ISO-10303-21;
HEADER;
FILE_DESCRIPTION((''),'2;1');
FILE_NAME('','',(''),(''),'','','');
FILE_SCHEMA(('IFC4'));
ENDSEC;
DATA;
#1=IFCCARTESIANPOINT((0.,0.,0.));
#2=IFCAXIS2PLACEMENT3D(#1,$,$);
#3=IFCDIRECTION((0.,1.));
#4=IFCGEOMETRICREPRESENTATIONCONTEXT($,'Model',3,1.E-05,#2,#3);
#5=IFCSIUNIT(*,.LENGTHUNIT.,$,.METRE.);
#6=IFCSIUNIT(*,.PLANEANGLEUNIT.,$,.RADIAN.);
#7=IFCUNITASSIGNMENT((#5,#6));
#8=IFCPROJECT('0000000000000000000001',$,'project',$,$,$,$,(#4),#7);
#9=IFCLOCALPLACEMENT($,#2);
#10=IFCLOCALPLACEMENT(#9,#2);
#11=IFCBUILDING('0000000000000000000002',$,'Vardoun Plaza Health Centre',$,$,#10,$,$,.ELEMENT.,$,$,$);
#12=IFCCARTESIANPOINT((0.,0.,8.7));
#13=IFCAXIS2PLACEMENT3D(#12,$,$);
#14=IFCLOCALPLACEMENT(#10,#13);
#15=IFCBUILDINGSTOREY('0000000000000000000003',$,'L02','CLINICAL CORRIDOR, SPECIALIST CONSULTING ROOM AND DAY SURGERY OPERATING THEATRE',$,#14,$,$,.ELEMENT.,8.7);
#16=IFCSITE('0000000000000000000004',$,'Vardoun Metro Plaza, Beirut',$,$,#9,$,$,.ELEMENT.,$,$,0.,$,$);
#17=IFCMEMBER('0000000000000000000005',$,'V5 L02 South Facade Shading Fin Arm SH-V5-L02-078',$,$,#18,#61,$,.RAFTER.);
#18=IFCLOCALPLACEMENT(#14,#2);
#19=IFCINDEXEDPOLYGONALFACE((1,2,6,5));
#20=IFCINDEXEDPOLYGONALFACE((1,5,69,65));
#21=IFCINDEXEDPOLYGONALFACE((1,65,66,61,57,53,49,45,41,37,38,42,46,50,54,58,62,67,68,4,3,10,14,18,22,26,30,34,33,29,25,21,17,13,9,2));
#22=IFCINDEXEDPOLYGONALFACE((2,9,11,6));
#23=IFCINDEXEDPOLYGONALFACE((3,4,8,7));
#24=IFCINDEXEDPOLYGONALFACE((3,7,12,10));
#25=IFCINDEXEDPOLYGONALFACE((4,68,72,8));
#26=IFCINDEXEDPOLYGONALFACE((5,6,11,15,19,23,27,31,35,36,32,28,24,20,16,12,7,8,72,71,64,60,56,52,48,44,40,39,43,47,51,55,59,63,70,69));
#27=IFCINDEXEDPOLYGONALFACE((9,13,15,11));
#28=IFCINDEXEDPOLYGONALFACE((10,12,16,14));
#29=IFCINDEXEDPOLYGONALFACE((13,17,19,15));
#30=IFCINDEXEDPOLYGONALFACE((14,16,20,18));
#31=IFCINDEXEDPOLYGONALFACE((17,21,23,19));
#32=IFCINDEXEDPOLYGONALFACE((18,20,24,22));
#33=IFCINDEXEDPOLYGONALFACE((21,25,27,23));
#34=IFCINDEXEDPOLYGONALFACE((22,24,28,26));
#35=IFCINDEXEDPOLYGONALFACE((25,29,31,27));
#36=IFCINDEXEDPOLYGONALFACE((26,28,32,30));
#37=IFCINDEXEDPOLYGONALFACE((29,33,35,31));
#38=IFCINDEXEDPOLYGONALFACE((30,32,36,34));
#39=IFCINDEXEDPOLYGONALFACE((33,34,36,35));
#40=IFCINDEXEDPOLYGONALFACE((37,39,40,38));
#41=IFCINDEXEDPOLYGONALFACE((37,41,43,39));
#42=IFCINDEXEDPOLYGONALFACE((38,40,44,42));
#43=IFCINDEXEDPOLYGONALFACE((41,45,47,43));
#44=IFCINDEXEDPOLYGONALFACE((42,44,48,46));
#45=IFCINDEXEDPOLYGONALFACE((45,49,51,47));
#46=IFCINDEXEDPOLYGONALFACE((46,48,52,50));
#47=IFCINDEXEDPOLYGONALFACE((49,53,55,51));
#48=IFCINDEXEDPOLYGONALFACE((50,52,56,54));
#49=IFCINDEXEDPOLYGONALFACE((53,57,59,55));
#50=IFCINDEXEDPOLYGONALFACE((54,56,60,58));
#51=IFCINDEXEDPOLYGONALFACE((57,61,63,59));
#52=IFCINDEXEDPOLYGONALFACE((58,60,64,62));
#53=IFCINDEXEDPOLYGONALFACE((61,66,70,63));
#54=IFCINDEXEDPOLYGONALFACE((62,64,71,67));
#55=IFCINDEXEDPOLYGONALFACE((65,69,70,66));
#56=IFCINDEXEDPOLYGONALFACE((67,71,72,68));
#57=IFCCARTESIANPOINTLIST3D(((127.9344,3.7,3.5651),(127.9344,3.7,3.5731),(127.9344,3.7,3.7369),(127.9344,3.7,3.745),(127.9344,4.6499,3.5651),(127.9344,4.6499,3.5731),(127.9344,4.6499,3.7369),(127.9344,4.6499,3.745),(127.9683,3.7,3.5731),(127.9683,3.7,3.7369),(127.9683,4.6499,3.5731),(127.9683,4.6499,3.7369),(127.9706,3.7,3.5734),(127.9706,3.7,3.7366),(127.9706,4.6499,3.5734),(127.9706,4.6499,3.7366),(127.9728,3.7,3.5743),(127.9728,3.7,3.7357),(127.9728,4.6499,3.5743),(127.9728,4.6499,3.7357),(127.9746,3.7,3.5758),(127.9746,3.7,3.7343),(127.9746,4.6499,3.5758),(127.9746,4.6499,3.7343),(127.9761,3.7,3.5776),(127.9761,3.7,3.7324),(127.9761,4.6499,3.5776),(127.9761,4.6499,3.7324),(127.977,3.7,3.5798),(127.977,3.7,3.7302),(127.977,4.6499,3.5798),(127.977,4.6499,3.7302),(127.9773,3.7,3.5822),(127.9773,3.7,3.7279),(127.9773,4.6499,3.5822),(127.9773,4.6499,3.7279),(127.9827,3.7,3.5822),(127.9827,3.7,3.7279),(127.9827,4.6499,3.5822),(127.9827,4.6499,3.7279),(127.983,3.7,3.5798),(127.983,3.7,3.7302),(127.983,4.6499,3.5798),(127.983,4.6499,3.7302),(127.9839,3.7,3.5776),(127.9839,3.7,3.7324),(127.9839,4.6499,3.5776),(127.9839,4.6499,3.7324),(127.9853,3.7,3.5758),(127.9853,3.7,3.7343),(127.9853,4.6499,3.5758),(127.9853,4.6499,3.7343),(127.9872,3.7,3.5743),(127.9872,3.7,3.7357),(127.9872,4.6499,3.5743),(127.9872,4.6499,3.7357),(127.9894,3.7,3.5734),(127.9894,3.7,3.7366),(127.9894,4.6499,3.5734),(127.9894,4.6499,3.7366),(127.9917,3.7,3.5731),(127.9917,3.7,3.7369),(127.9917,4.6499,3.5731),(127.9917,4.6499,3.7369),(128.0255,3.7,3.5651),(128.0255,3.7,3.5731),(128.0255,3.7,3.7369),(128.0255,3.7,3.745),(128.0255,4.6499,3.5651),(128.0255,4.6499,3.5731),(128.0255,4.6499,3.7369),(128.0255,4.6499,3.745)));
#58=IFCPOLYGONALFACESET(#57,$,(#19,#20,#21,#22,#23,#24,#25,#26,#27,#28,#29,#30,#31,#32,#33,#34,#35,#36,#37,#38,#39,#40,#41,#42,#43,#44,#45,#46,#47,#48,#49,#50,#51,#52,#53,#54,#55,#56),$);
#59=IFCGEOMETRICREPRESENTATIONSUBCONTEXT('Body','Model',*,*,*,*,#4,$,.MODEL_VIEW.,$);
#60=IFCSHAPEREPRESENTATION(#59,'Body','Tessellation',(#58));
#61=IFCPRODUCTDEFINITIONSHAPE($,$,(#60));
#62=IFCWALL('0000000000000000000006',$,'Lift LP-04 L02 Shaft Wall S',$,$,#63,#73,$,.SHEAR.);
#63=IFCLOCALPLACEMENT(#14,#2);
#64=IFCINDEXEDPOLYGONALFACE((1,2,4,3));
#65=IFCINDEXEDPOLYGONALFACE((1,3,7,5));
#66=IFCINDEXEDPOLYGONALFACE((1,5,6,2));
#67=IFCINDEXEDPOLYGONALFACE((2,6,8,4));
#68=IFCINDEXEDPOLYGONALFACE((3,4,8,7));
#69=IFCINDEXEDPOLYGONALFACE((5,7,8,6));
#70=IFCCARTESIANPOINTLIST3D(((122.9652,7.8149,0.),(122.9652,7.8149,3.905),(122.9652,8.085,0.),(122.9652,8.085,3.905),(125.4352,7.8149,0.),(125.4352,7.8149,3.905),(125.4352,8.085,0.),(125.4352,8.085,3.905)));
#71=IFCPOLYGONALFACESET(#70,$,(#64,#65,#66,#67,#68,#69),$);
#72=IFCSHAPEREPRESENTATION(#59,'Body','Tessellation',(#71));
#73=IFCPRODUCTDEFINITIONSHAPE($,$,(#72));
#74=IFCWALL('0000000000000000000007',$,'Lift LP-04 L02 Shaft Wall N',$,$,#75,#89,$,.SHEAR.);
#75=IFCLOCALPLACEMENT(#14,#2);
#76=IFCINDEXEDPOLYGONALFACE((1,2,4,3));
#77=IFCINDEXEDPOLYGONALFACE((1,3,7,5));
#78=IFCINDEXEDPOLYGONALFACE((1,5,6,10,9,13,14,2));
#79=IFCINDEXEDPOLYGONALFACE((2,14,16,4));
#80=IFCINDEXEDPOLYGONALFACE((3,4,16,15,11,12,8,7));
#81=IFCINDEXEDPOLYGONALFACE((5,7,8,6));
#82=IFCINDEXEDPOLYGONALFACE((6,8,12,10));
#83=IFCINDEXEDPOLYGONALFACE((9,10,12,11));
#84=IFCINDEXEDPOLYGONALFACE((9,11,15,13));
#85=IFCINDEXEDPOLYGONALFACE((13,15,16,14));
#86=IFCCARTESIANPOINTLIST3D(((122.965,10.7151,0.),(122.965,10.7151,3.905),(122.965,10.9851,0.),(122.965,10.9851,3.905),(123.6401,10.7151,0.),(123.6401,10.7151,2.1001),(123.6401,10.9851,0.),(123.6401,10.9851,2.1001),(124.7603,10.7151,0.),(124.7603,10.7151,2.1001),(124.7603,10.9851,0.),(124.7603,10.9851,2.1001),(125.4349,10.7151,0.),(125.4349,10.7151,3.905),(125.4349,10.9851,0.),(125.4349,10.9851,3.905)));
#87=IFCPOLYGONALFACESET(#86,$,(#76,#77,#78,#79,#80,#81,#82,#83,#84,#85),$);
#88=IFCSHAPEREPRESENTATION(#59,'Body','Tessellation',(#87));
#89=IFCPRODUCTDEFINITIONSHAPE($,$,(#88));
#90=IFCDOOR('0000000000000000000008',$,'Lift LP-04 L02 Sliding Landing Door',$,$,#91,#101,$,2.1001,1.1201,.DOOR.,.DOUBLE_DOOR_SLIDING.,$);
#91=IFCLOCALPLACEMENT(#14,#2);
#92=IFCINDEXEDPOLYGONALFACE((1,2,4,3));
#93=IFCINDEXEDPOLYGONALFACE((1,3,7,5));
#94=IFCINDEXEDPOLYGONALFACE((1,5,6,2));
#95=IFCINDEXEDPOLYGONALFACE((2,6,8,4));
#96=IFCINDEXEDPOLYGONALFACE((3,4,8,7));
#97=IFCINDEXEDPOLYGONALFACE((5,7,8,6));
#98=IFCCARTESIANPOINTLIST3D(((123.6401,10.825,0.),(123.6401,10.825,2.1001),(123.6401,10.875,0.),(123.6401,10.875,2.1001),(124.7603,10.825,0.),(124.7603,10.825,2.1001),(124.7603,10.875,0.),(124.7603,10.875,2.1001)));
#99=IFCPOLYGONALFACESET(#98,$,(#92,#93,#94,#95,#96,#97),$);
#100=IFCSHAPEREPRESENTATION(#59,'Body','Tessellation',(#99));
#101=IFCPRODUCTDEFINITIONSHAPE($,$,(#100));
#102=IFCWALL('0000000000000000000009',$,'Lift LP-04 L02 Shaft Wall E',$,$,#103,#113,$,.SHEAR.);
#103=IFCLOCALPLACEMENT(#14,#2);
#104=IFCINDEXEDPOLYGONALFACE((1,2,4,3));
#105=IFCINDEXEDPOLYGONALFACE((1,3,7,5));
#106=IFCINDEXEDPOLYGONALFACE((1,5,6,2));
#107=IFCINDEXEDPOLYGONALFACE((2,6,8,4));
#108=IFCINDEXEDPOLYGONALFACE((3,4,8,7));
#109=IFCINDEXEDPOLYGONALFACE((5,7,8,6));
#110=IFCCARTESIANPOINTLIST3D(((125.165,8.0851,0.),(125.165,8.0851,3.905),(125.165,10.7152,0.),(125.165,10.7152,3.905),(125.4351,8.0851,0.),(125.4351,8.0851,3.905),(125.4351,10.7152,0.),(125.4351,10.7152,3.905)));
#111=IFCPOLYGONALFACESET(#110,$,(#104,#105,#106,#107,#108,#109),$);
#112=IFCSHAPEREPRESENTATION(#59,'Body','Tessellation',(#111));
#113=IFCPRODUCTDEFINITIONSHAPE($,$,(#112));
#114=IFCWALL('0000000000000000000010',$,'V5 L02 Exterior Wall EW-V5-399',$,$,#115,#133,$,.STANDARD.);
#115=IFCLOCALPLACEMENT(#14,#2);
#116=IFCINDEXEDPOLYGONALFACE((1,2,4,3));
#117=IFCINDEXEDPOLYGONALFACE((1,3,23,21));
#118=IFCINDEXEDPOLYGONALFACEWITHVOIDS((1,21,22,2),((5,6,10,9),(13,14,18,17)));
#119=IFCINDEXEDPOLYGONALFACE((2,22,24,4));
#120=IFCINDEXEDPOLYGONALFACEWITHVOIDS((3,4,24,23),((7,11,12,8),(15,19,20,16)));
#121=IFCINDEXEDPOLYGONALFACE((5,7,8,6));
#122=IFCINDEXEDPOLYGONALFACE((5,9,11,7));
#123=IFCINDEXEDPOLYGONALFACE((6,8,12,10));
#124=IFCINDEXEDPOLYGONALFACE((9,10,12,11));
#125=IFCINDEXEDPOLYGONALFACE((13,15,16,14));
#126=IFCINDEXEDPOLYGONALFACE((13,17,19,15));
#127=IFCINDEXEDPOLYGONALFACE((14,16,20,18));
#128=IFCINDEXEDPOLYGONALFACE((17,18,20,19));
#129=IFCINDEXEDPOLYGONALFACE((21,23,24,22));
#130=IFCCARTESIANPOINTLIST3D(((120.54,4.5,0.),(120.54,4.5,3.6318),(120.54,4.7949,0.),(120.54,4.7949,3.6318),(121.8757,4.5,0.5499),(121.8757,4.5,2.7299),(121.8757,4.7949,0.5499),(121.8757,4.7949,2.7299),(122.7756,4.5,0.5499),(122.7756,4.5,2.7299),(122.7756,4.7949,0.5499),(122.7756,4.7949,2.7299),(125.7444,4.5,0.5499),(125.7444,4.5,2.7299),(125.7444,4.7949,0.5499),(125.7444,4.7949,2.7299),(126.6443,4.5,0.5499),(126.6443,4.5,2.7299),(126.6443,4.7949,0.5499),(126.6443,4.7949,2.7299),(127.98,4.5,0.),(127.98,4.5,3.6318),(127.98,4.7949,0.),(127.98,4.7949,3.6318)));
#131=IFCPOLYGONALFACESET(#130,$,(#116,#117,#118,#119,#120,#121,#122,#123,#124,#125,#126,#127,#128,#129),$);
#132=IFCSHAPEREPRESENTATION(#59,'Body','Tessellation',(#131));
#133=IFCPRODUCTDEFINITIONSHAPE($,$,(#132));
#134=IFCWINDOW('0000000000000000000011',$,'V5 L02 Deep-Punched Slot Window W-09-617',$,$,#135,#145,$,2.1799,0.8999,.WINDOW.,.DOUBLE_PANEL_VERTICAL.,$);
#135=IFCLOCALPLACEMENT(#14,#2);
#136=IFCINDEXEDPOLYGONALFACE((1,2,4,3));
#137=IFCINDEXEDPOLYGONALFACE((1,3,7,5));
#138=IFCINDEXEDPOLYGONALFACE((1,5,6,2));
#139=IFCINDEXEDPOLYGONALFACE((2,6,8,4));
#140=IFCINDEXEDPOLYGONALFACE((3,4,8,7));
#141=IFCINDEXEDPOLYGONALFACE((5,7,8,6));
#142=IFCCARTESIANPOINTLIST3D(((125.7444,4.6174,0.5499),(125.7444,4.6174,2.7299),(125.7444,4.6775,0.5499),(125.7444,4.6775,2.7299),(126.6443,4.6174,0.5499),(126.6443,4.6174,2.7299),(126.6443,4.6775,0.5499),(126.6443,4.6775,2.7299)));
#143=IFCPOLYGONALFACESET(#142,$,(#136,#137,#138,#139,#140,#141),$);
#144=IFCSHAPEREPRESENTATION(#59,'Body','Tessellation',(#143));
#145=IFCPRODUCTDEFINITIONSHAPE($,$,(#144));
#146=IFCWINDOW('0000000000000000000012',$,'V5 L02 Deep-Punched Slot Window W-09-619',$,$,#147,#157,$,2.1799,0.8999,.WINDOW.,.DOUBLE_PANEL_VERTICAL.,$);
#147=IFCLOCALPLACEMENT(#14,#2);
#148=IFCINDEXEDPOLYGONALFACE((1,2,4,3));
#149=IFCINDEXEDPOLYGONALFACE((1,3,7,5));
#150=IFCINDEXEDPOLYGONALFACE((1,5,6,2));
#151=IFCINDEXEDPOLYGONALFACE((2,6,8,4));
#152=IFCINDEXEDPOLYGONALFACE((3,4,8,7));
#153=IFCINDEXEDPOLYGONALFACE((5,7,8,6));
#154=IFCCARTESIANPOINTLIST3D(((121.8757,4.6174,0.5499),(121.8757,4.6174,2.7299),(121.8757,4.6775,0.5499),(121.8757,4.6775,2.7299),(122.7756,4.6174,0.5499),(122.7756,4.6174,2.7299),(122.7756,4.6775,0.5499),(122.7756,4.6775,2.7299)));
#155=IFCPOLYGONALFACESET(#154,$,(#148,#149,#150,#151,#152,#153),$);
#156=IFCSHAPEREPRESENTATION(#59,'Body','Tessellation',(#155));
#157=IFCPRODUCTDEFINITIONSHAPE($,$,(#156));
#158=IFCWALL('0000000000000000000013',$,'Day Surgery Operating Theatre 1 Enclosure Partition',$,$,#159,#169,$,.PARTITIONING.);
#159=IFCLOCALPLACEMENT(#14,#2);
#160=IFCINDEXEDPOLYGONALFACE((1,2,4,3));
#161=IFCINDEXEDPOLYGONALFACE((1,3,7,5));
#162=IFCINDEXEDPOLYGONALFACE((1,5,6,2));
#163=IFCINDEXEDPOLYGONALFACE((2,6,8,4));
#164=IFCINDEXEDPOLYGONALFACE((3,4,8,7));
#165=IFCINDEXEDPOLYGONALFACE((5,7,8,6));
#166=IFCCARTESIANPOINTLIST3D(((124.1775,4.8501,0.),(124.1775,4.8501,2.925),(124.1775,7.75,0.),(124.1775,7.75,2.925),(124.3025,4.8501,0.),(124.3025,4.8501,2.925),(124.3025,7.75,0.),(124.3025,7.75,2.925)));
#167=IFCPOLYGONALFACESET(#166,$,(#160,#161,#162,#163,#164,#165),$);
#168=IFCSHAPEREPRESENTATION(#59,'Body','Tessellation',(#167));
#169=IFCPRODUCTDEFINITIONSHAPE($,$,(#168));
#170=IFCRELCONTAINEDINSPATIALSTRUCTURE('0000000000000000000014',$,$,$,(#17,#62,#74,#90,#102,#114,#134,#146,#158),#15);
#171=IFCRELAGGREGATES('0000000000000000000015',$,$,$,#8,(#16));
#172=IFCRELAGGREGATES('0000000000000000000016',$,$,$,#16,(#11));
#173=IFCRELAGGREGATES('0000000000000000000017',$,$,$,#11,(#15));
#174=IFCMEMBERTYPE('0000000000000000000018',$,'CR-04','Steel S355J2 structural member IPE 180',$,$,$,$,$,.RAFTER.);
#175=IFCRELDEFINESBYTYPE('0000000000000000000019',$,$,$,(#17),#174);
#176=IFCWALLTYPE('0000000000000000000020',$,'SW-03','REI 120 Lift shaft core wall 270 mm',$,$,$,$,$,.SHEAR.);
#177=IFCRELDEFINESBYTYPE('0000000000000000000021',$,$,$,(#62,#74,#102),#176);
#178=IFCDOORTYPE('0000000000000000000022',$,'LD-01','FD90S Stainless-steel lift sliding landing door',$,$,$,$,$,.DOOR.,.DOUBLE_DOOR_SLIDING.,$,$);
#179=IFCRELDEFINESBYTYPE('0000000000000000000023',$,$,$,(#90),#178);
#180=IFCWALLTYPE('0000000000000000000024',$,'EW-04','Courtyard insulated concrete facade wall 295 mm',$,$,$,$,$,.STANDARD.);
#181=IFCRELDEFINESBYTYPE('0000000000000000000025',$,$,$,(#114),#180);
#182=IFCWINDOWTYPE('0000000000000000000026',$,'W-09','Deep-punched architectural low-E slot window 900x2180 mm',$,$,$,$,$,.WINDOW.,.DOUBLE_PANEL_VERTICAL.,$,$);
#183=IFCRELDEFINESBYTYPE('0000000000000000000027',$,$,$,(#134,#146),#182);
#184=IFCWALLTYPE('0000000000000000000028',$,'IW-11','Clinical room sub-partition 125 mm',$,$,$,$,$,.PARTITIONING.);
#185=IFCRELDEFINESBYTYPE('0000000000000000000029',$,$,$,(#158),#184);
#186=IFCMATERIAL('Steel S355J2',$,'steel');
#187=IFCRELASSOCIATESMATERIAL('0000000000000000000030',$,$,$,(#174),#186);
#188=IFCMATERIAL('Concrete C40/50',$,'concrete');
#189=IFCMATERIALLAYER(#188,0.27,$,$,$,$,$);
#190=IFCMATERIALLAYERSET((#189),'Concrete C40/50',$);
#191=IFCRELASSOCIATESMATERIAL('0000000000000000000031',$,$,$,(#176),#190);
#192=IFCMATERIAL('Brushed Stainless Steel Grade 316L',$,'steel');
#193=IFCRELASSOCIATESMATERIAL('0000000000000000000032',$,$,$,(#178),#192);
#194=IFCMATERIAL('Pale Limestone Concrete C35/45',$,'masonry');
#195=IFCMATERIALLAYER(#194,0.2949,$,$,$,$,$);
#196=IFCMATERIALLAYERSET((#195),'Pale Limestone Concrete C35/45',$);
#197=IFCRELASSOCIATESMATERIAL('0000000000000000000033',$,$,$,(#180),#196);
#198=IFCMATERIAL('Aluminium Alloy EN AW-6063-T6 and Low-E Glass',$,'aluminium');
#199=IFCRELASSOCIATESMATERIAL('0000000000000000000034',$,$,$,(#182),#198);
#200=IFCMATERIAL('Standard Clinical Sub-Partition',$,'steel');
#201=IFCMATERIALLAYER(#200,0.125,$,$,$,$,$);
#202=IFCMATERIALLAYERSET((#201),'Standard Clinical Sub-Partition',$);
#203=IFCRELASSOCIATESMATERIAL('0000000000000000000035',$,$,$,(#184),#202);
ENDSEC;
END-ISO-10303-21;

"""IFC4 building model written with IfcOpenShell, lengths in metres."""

from ifc_helpers import new_model, si_unit, direction, frame, frame_2d, origin, origin_2d, place, context, subcontext, project, spatial, rectangle, i_section, extrude, material, layer, layer_set, material_profile, profile_set, type_object, element, fill, save


model = new_model("IFC4")

# Units and contexts
model_context = context("Model", 3, precision=1e-05, world=origin(), true_north=direction((0.0, 1.0)))
body_context = subcontext(model_context, "Body", "Model", "MODEL_VIEW")
ifc_project = project(units=[si_unit("LENGTHUNIT", "METRE"), si_unit("PLANEANGLEUNIT", "RADIAN")], contexts=[model_context])

# Site, building, storey
site_placement = place(None, origin())
site = spatial("IfcSite", under=ifc_project, at=site_placement, Name="Vardoun Metro Plaza, Beirut", CompositionType="ELEMENT", RefElevation=0.0)
building_placement = place(site_placement, origin())
building = spatial("IfcBuilding", under=site, at=building_placement, Name="Vardoun Plaza Health Centre", CompositionType="ELEMENT")
storey_placement = place(building_placement, frame((0.0, 0.0, 8.7)))
storey = spatial("IfcBuildingStorey", under=building, at=storey_placement, Name="L02", Description="CLINICAL CORRIDOR, SPECIALIST CONSULTING ROOM AND DAY SURGERY OPERATING THEATRE", CompositionType="ELEMENT", Elevation=8.7)

# Member
ifc_material_1 = material(Name="Steel S355J2", Category="steel")
ifc_material_profile_1 = material_profile(ifc_material_1, i_section(OverallWidth=0.0911, OverallDepth=0.1799, WebThickness=0.0054, FlangeThickness=0.0081, FilletRadius=0.009, at=origin_2d()), Name="IPE 180")
ifc_profile_set_1 = profile_set([ifc_material_profile_1], Name="Steel S355J2")
member_type = type_object("IfcMemberType", Name="CR-04", Description="Steel S355J2 structural member IPE 180", PredefinedType="RAFTER", material=ifc_profile_set_1)
member_placement = place(storey_placement, frame((127.98, 4.6499, 3.655), z_axis=(0.0, -1.0, 0.0), x_axis=(1.0, 0.0, 0.0)))
element("IfcMember", 1, at=member_placement, inside=storey, type_object=member_type, Name="V5 L02 South Facade Shading Fin Arm SH-V5-L02-078", PredefinedType="RAFTER", context=body_context, shape_type="SweptSolid", body=[
    extrude(i_section(OverallWidth=0.0911, OverallDepth=0.1799, WebThickness=0.0054, FlangeThickness=0.0081, FilletRadius=0.009, at=origin_2d()), origin(), (0.0, 0.0, 1.0), 0.95),
])

# Wall
ifc_material_2 = material(Name="Concrete C40/50", Category="concrete")
ifc_layer_1 = layer(ifc_material_2, 0.27)
ifc_layer_set_1 = layer_set([ifc_layer_1], Name="Concrete C40/50")
wall_type_1 = type_object("IfcWallType", Name="SW-03", Description="REI 120 Lift shaft core wall 270 mm", PredefinedType="SHEAR", material=ifc_layer_set_1)
wall_1_placement = place(storey_placement, frame((125.4351, 7.95, 0.0), z_axis=(0.0, 0.0, 1.0), x_axis=(-1.0, 0.0, 0.0)))
element("IfcWall", 2, at=wall_1_placement, inside=storey, type_object=wall_type_1, Name="Lift LP-04 L02 Shaft Wall S", PredefinedType="SHEAR", context=body_context, shape_type="SweptSolid", body=[
    extrude(rectangle(XDim=2.47, YDim=0.27, at=frame_2d((1.2349, 0.0))), origin(), (0.0, 0.0, 1.0), 3.905),
])

# Wall, opening, door
wall_2_placement = place(storey_placement, frame((122.9651, 10.8501, 0.0), z_axis=(0.0, 0.0, 1.0), x_axis=(1.0, 0.0, 0.0)))
wall_2 = element("IfcWall", 3, at=wall_2_placement, inside=storey, type_object=wall_type_1, Name="Lift LP-04 L02 Shaft Wall N", PredefinedType="SHEAR", context=body_context, shape_type="SweptSolid", body=[
    extrude(rectangle(XDim=2.47, YDim=0.27, at=frame_2d((1.2349, 0.0))), origin(), (0.0, 0.0, 1.0), 3.905),
])
opening_1_placement = place(wall_2_placement, frame((0.675, 0.0, 0.0)))
opening_1 = element("IfcOpeningElement", 4, at=opening_1_placement, cuts=wall_2, PredefinedType="OPENING", context=body_context, shape_type="SweptSolid", body=[
    extrude(rectangle(XDim=1.1201, YDim=2.1001, at=frame_2d((0.5601, 1.05))), frame((0.0, 0.135, 0.0), z_axis=(0.0, -1.0, 0.0), x_axis=(1.0, 0.0, 0.0)), (0.0, 0.0, 1.0), 0.27),
])
ifc_material_3 = material(Name="Brushed Stainless Steel Grade 316L", Category="steel")
door_type_1 = type_object("IfcDoorType", Name="LD-01", Description="FD90S Stainless-steel lift sliding landing door", OperationType="DOUBLE_DOOR_SLIDING", PredefinedType="DOOR", material=ifc_material_3)
door_1_placement = place(opening_1_placement, origin())
door_1 = element("IfcDoor", 5, at=door_1_placement, inside=storey, type_object=door_type_1, Name="Lift LP-04 L02 Sliding Landing Door", OperationType="DOUBLE_DOOR_SLIDING", OverallHeight=2.1001, OverallWidth=1.1201, PredefinedType="DOOR", context=body_context, shape_type="SweptSolid", body=[
    extrude(rectangle(XDim=1.1201, YDim=2.1001, at=frame_2d((0.5601, 1.05))), frame((0.0, 0.0249, 0.0), z_axis=(0.0, -1.0, 0.0), x_axis=(1.0, 0.0, 0.0)), (0.0, 0.0, 1.0), 0.05),
])
fill(opening_1, door_1)

# Wall
wall_3_placement = place(storey_placement, frame((125.3, 10.7151, 0.0), z_axis=(0.0, 0.0, 1.0), x_axis=(0.0, -1.0, 0.0)))
element("IfcWall", 6, at=wall_3_placement, inside=storey, type_object=wall_type_1, Name="Lift LP-04 L02 Shaft Wall E", PredefinedType="SHEAR", context=body_context, shape_type="SweptSolid", body=[
    extrude(rectangle(XDim=2.6301, YDim=0.27, at=frame_2d((1.3149, 0.0))), origin(), (0.0, 0.0, 1.0), 3.905),
])

# Wall, openings, windows
ifc_material_4 = material(Name="Pale Limestone Concrete C35/45", Category="masonry")
ifc_layer_2 = layer(ifc_material_4, 0.2949)
ifc_layer_set_2 = layer_set([ifc_layer_2], Name="Pale Limestone Concrete C35/45")
wall_type_2 = type_object("IfcWallType", Name="EW-04", Description="Courtyard insulated concrete facade wall 295 mm", PredefinedType="STANDARD", material=ifc_layer_set_2)
wall_4_placement = place(storey_placement, frame((127.98, 4.6475, 0.0), z_axis=(0.0, 0.0, 1.0), x_axis=(-1.0, 0.0, 0.0)))
wall_4 = element("IfcWall", 7, at=wall_4_placement, inside=storey, type_object=wall_type_2, Name="V5 L02 Exterior Wall EW-V5-399", PredefinedType="STANDARD", context=body_context, shape_type="SweptSolid", body=[
    extrude(rectangle(XDim=7.4399, YDim=0.2949, at=frame_2d((3.72, 0.0))), origin(), (0.0, 0.0, 1.0), 3.6318),
])
opening_2_placement = place(wall_4_placement, frame((1.3357, 0.0, 0.55)))
opening_2 = element("IfcOpeningElement", 8, at=opening_2_placement, cuts=wall_4, PredefinedType="OPENING", context=body_context, shape_type="SweptSolid", body=[
    extrude(rectangle(XDim=0.8999, YDim=2.1799, at=frame_2d((0.45, 1.0898))), frame((0.0, 0.1475, 0.0), z_axis=(0.0, -1.0, 0.0), x_axis=(1.0, 0.0, 0.0)), (0.0, 0.0, 1.0), 0.2949),
])
opening_3_placement = place(wall_4_placement, frame((5.2043, 0.0, 0.55)))
opening_3 = element("IfcOpeningElement", 9, at=opening_3_placement, cuts=wall_4, PredefinedType="OPENING", context=body_context, shape_type="SweptSolid", body=[
    extrude(rectangle(XDim=0.8999, YDim=2.1799, at=frame_2d((0.45, 1.0898))), frame((0.0, 0.1475, 0.0), z_axis=(0.0, -1.0, 0.0), x_axis=(1.0, 0.0, 0.0)), (0.0, 0.0, 1.0), 0.2949),
])
ifc_material_5 = material(Name="Aluminium Alloy EN AW-6063-T6 and Low-E Glass", Category="aluminium")
window_type = type_object("IfcWindowType", Name="W-09", Description="Deep-punched architectural low-E slot window 900x2180 mm", PartitioningType="DOUBLE_PANEL_VERTICAL", PredefinedType="WINDOW", material=ifc_material_5)
window_1_placement = place(opening_2_placement, origin())
window_1 = element("IfcWindow", 10, at=window_1_placement, inside=storey, type_object=window_type, Name="V5 L02 Deep-Punched Slot Window W-09-617", OverallHeight=2.1799, OverallWidth=0.8999, PartitioningType="DOUBLE_PANEL_VERTICAL", PredefinedType="WINDOW", context=body_context, shape_type="SweptSolid", body=[
    extrude(rectangle(XDim=0.8999, YDim=2.1799, at=frame_2d((0.45, 1.0898))), frame((0.0, 0.03, 0.0), z_axis=(0.0, -1.0, 0.0), x_axis=(1.0, 0.0, 0.0)), (0.0, 0.0, 1.0), 0.0601),
])
fill(opening_2, window_1)
window_2_placement = place(opening_3_placement, origin())
window_2 = element("IfcWindow", 11, at=window_2_placement, inside=storey, type_object=window_type, Name="V5 L02 Deep-Punched Slot Window W-09-619", OverallHeight=2.1799, OverallWidth=0.8999, PartitioningType="DOUBLE_PANEL_VERTICAL", PredefinedType="WINDOW", context=body_context, shape_type="SweptSolid", body=[
    extrude(rectangle(XDim=0.8999, YDim=2.1799, at=frame_2d((0.45, 1.0898))), frame((0.0, 0.03, 0.0), z_axis=(0.0, -1.0, 0.0), x_axis=(1.0, 0.0, 0.0)), (0.0, 0.0, 1.0), 0.0601),
])
fill(opening_3, window_2)

# Wall
ifc_material_6 = material(Name="Standard Clinical Sub-Partition", Category="steel")
ifc_layer_3 = layer(ifc_material_6, 0.125)
ifc_layer_set_3 = layer_set([ifc_layer_3], Name="Standard Clinical Sub-Partition")
wall_type_3 = type_object("IfcWallType", Name="IW-11", Description="Clinical room sub-partition 125 mm", PredefinedType="PARTITIONING", material=ifc_layer_set_3)
wall_5_placement = place(storey_placement, frame((124.24, 4.8501, 0.0), z_axis=(0.0, 0.0, 1.0), x_axis=(0.0, 1.0, 0.0)))
element("IfcWall", 12, at=wall_5_placement, inside=storey, type_object=wall_type_3, Name="Day Surgery Operating Theatre 1 Enclosure Partition", PredefinedType="PARTITIONING", context=body_context, shape_type="SweptSolid", body=[
    extrude(rectangle(XDim=2.8999, YDim=0.125, at=frame_2d((1.45, 0.0))), origin(), (0.0, 0.0, 1.0), 2.925),
])

save(model, "model.ifc")
